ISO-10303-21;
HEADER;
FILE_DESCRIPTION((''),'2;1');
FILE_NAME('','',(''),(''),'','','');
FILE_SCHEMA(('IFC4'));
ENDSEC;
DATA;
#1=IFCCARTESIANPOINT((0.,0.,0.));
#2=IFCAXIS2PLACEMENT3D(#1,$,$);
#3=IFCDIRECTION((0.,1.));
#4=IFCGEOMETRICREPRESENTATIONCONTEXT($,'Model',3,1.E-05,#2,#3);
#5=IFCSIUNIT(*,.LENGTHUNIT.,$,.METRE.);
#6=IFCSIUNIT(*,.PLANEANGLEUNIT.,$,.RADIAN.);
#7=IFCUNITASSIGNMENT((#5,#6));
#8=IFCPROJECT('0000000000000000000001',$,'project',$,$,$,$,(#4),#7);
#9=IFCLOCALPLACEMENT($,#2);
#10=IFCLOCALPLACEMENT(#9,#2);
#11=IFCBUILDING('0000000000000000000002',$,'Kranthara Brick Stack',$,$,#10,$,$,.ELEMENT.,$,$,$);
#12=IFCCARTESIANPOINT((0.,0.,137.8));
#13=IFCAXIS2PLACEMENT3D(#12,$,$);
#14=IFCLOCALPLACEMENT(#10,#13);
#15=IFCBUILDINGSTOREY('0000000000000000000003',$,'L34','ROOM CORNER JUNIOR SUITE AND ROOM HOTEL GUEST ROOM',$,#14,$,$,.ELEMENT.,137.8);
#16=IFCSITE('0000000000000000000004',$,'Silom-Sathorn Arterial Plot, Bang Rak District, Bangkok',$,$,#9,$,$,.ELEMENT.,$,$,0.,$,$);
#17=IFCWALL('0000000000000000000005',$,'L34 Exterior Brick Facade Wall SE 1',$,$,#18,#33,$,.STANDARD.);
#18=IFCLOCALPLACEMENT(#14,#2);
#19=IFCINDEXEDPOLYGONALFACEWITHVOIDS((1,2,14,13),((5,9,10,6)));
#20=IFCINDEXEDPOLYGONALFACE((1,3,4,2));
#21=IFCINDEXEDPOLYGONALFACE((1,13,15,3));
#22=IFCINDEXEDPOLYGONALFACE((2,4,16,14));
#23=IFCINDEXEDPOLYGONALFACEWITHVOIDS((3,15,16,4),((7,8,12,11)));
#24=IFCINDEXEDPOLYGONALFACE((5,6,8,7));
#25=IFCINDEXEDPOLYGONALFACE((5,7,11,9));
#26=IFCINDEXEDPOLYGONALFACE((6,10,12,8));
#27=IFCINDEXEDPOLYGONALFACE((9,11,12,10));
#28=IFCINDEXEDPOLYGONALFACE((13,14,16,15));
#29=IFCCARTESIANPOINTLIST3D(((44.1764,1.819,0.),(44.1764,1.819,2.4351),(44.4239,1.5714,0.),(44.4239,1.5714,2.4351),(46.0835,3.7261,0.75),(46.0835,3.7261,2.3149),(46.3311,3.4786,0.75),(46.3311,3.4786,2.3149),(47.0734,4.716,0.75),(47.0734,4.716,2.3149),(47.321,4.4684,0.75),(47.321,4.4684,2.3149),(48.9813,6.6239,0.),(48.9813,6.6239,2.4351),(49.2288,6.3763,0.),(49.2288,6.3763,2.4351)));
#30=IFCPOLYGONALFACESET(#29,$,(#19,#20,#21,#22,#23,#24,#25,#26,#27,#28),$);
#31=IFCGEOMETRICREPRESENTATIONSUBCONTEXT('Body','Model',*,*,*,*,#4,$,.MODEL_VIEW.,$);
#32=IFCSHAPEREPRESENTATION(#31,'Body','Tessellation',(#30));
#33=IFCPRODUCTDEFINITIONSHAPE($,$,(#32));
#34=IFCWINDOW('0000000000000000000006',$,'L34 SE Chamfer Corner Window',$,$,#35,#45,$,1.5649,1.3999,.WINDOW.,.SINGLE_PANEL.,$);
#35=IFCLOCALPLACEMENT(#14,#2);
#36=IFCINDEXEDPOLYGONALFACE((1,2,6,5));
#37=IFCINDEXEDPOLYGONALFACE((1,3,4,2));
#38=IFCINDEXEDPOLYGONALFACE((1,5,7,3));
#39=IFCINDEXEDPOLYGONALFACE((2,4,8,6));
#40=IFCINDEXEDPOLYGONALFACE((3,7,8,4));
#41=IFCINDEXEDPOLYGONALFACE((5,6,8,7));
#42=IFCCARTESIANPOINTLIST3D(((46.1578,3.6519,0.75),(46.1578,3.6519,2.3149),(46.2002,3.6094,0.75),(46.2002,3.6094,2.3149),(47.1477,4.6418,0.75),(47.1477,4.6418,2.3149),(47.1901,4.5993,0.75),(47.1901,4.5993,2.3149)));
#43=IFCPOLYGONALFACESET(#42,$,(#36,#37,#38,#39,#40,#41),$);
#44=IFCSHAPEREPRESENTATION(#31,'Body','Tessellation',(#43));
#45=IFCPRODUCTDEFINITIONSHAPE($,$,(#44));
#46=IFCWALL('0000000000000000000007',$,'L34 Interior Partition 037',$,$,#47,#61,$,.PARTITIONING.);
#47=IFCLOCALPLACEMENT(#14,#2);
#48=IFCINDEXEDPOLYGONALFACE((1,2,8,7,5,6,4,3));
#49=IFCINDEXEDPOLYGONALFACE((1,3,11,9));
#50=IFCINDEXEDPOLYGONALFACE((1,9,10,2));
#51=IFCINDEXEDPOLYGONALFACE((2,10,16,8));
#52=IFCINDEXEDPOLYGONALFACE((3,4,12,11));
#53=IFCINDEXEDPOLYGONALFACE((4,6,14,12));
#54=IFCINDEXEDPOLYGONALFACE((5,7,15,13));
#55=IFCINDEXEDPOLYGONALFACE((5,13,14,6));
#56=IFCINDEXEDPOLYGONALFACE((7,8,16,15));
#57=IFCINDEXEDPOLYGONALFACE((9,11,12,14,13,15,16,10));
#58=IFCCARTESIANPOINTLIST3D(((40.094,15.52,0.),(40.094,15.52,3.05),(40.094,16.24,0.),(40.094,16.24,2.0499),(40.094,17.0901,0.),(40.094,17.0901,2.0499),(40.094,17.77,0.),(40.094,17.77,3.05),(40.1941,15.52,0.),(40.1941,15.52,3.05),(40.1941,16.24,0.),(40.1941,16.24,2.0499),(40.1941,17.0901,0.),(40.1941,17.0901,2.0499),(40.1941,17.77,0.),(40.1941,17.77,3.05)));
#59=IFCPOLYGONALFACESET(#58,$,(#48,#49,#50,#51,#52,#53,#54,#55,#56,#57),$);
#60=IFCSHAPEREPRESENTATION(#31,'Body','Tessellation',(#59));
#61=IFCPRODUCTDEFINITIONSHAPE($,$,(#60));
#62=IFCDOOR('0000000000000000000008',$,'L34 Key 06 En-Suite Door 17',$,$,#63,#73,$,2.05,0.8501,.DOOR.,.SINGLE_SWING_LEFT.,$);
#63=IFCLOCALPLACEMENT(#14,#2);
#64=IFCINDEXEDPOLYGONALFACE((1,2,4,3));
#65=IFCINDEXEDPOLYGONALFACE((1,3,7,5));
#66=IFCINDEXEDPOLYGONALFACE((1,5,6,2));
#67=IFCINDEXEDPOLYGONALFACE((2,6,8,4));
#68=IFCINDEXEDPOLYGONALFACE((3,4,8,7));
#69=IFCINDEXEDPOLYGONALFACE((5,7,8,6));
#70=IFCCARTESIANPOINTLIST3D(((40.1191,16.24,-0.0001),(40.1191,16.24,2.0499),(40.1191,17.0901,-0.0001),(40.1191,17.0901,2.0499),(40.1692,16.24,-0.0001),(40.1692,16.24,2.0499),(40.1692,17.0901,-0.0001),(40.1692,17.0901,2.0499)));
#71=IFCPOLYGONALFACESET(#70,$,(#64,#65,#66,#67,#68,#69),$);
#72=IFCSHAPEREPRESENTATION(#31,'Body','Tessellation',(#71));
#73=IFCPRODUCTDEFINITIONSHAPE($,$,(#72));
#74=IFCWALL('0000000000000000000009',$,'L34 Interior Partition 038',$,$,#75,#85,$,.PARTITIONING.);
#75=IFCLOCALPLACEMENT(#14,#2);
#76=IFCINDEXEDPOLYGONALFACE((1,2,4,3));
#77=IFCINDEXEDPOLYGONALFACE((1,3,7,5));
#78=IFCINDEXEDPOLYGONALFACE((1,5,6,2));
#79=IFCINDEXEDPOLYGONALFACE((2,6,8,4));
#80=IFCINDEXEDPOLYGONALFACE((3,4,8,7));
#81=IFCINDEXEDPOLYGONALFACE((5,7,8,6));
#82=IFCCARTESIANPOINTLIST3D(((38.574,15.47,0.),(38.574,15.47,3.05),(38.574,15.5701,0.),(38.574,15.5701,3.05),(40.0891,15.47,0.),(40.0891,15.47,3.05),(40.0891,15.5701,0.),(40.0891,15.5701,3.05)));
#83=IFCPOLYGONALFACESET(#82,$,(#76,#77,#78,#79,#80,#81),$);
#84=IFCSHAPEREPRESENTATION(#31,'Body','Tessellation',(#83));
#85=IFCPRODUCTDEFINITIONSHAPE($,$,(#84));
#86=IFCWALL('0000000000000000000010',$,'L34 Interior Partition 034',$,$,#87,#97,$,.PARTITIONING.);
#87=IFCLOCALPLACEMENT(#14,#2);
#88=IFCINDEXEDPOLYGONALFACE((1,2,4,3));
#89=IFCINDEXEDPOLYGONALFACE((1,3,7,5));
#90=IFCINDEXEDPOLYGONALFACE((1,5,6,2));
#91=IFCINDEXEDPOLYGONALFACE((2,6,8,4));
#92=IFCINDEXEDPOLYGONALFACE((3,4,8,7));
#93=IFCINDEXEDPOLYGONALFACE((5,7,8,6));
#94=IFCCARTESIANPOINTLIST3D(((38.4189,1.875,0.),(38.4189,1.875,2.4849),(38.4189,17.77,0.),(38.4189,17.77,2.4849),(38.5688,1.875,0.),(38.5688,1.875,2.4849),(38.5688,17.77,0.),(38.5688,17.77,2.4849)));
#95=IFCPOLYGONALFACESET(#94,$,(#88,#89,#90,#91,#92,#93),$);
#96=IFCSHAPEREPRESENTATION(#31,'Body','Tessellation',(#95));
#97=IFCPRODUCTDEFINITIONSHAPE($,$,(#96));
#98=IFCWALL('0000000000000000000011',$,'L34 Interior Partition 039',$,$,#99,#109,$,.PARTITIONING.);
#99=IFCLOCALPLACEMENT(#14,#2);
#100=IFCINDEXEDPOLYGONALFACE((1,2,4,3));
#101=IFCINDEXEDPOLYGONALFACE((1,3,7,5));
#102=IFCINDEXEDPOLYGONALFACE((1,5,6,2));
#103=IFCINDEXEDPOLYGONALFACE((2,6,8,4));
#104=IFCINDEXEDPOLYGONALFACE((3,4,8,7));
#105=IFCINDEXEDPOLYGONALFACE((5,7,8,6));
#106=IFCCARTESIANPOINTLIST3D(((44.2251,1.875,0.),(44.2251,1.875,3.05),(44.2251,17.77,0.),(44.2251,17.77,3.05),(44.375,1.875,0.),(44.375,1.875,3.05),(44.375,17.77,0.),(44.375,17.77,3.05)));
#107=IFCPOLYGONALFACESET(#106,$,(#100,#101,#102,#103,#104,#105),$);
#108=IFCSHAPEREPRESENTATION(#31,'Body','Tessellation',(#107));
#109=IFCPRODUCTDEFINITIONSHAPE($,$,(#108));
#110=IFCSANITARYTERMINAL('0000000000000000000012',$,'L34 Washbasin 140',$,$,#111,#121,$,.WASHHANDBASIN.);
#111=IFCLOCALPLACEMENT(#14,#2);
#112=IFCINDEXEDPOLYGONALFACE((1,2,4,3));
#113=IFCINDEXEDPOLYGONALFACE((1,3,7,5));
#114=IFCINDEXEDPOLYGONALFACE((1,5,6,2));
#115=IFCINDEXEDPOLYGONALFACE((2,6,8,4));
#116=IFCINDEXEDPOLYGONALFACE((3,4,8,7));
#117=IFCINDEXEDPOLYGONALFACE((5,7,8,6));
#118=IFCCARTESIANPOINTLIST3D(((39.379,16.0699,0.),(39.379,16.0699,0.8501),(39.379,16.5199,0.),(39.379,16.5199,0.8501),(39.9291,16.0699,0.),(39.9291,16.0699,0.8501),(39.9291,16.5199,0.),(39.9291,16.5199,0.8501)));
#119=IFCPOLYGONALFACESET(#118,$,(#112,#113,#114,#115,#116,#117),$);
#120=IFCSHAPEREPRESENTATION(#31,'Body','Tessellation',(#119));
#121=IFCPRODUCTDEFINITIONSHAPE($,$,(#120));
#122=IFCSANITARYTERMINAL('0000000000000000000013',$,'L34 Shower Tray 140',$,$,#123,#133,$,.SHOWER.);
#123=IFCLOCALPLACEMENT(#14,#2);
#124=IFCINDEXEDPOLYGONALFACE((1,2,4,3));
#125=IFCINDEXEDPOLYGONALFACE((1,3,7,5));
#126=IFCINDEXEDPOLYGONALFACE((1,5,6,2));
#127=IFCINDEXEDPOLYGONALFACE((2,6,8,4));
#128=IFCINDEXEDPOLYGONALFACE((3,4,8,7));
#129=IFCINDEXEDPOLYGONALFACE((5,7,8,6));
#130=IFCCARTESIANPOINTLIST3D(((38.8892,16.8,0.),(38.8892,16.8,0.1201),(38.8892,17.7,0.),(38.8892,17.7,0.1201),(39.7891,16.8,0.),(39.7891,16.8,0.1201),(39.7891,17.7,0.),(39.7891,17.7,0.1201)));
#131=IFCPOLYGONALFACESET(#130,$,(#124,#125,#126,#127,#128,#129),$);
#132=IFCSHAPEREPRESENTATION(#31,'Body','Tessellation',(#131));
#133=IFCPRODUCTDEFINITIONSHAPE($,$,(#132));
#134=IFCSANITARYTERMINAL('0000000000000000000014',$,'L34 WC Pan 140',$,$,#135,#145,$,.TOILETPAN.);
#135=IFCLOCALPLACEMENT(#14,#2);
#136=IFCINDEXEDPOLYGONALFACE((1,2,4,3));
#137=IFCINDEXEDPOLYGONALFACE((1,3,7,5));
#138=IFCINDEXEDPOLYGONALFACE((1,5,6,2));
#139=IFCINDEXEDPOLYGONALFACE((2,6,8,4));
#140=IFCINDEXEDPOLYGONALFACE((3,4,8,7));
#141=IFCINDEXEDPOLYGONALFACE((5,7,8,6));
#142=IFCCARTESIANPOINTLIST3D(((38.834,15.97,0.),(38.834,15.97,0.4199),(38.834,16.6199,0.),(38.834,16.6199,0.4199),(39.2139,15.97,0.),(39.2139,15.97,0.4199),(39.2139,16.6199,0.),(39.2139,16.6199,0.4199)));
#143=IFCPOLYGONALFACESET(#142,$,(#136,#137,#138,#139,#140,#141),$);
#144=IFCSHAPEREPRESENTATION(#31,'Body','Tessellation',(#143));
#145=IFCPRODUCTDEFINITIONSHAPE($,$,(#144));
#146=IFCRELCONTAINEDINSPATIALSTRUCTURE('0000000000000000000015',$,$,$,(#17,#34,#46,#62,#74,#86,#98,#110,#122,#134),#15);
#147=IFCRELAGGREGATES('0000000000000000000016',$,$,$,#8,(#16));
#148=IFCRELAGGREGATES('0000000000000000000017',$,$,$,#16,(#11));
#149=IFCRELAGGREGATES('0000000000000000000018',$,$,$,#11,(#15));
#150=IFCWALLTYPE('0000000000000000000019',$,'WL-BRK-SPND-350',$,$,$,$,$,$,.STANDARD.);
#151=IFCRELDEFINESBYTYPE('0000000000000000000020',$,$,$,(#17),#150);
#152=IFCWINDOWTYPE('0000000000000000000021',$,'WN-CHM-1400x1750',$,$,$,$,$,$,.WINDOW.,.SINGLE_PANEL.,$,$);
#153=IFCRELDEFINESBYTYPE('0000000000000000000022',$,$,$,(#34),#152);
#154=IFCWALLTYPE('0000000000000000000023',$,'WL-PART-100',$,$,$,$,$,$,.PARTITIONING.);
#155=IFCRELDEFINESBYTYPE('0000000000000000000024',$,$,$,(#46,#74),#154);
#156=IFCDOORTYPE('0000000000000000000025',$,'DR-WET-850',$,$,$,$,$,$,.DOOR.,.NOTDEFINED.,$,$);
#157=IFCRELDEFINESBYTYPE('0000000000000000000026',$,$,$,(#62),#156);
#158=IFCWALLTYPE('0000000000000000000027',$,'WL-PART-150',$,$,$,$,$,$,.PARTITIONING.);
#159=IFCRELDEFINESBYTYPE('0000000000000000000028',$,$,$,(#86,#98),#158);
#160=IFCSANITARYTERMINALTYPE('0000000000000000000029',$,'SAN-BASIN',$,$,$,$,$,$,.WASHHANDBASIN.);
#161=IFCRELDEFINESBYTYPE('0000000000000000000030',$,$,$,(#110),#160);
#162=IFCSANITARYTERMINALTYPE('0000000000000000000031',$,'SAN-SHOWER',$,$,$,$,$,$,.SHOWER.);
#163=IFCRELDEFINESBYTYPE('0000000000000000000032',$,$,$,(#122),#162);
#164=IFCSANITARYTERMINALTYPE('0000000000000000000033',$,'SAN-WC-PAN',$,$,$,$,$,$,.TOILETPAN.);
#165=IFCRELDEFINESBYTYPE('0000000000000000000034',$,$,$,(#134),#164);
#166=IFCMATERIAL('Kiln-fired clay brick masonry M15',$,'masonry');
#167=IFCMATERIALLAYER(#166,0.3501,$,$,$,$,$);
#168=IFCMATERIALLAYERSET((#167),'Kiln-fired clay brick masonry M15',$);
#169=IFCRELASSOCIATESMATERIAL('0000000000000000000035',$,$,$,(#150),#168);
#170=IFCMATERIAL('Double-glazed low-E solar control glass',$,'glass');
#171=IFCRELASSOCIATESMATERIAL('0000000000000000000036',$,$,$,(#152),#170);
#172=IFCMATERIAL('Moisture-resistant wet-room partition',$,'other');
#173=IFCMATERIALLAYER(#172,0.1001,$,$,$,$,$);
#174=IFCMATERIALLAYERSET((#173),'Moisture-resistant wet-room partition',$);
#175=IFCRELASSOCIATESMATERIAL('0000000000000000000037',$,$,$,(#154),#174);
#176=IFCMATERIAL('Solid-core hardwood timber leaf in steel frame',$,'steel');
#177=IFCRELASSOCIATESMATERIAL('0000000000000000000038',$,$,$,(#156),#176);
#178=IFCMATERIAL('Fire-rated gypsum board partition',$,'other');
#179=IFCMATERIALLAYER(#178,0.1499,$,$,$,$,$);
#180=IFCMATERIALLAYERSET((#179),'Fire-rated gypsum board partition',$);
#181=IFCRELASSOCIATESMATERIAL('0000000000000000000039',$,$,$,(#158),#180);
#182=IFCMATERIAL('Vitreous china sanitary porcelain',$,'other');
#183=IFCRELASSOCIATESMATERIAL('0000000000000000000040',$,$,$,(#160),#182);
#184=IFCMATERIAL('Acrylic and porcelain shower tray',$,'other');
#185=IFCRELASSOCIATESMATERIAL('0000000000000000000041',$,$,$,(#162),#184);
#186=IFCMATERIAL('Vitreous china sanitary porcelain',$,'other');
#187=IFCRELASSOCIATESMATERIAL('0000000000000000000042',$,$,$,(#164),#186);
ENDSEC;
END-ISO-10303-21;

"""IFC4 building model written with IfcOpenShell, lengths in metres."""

from ifc_helpers import new_model, si_unit, direction, frame, frame_2d, origin, origin_2d, place, context, subcontext, project, spatial, rectangle, extrude, material, layer, layer_set, type_object, element, fill, save


model = new_model("IFC4")

# Units and contexts
model_context = context("Model", 3, precision=1e-05, world=origin(), true_north=direction((0.0, 1.0)))
body_context = subcontext(model_context, "Body", "Model", "MODEL_VIEW")
ifc_project = project(units=[si_unit("LENGTHUNIT", "METRE"), si_unit("PLANEANGLEUNIT", "RADIAN")], contexts=[model_context])

# Site, building, storey
site_placement = place(None, origin())
site = spatial("IfcSite", under=ifc_project, at=site_placement, Name="Silom-Sathorn Arterial Plot, Bang Rak District, Bangkok", CompositionType="ELEMENT", RefElevation=0.0)
building_placement = place(site_placement, origin())
building = spatial("IfcBuilding", under=site, at=building_placement, Name="Kranthara Brick Stack", CompositionType="ELEMENT")
storey_placement = place(building_placement, frame((0.0, 0.0, 137.8)))
storey = spatial("IfcBuildingStorey", under=building, at=storey_placement, Name="L34", Description="ROOM CORNER JUNIOR SUITE AND ROOM HOTEL GUEST ROOM", CompositionType="ELEMENT", Elevation=137.8)

# Shared definitions
ifc_material_1 = material(Name="Kiln-fired clay brick masonry M15", Category="masonry")
ifc_layer_1 = layer(ifc_material_1, 0.3501)
ifc_layer_set_1 = layer_set([ifc_layer_1], Name="Kiln-fired clay brick masonry M15")
wall_type_1 = type_object("IfcWallType", Name="WL-BRK-SPND-350", PredefinedType="STANDARD", material=ifc_layer_set_1)

# Wall, opening, window
wall_1_placement = place(storey_placement, frame((49.105, 6.5, 0.0), z_axis=(0.0, 0.0, 1.0), x_axis=(-0.707107, -0.707107, 0.0)))
wall_1 = element("IfcWall", 1, at=wall_1_placement, inside=storey, type_object=wall_type_1, Name="L34 Exterior Brick Facade Wall SE 1", PredefinedType="STANDARD", context=body_context, shape_type="SweptSolid", body=[
    extrude(rectangle(XDim=6.7952, YDim=0.3501, at=frame_2d((3.3975, 0.0))), origin(), (0.0, 0.0, 1.0), 2.4351),
])
opening_1_placement = place(wall_1_placement, frame((2.698, 0.0, 0.75)))
opening_1 = element("IfcOpeningElement", 2, at=opening_1_placement, cuts=wall_1, PredefinedType="OPENING", context=body_context, shape_type="SweptSolid", body=[
    extrude(rectangle(XDim=1.3999, YDim=1.5649, at=frame_2d((0.7, 0.7825))), frame((0.0, 0.1851, 0.0), z_axis=(0.0, -1.0, 0.0), x_axis=(1.0, 0.0, 0.0)), (0.0, 0.0, 1.0), 0.3701),
])
ifc_material_2 = material(Name="Double-glazed low-E solar control glass", Category="glass")
window_type_1 = type_object("IfcWindowType", Name="WN-CHM-1400x1750", PartitioningType="SINGLE_PANEL", PredefinedType="WINDOW", material=ifc_material_2)
window_1_placement = place(opening_1_placement, origin())
window_1 = element("IfcWindow", 3, at=window_1_placement, inside=storey, type_object=window_type_1, Name="L34 SE Chamfer Corner Window", OverallHeight=1.5649, OverallWidth=1.3999, PartitioningType="SINGLE_PANEL", PredefinedType="WINDOW", context=body_context, shape_type="SweptSolid", body=[
    extrude(rectangle(XDim=1.3999, YDim=1.5649, at=frame_2d((0.7, 0.7825))), frame((0.0, -0.01, 0.0), z_axis=(0.0, -1.0, 0.0), x_axis=(1.0, 0.0, 0.0)), (0.0, 0.0, 1.0), 0.0601),
])
fill(opening_1, window_1)

# Wall, opening, door
ifc_material_3 = material(Name="Moisture-resistant wet-room partition", Category="other")
ifc_layer_2 = layer(ifc_material_3, 0.1001)
ifc_layer_set_2 = layer_set([ifc_layer_2], Name="Moisture-resistant wet-room partition")
wall_type_2 = type_object("IfcWallType", Name="WL-PART-100", PredefinedType="PARTITIONING", material=ifc_layer_set_2)
wall_2_placement = place(storey_placement, frame((40.144, 15.52, 0.0), z_axis=(0.0, 0.0, 1.0), x_axis=(0.0, 1.0, 0.0)))
wall_2 = element("IfcWall", 4, at=wall_2_placement, inside=storey, type_object=wall_type_2, Name="L34 Interior Partition 037", PredefinedType="PARTITIONING", context=body_context, shape_type="SweptSolid", body=[
    extrude(rectangle(XDim=2.25, YDim=0.1001, at=frame_2d((1.125, 0.0))), origin(), (0.0, 0.0, 1.0), 3.05),
])
opening_2_placement = place(wall_2_placement, frame((0.72, 0.0, 0.0)))
opening_2 = element("IfcOpeningElement", 5, at=opening_2_placement, cuts=wall_2, PredefinedType="OPENING", context=body_context, shape_type="SweptSolid", body=[
    extrude(rectangle(XDim=0.8501, YDim=2.05, at=frame_2d((0.425, 1.0249))), frame((0.0, 0.0601, 0.0), z_axis=(0.0, -1.0, 0.0), x_axis=(1.0, 0.0, 0.0)), (0.0, 0.0, 1.0), 0.1201),
])
ifc_material_4 = material(Name="Solid-core hardwood timber leaf in steel frame", Category="steel")
door_type_1 = type_object("IfcDoorType", Name="DR-WET-850", OperationType="NOTDEFINED", PredefinedType="DOOR", material=ifc_material_4)
door_1_placement = place(opening_2_placement, origin())
door_1 = element("IfcDoor", 6, at=door_1_placement, inside=storey, type_object=door_type_1, Name="L34 Key 06 En-Suite Door 17", OperationType="SINGLE_SWING_LEFT", OverallHeight=2.05, OverallWidth=0.8501, PredefinedType="DOOR", context=body_context, shape_type="SweptSolid", body=[
    extrude(rectangle(XDim=0.8501, YDim=2.05, at=frame_2d((0.425, 1.0249))), frame((0.0, 0.0249, 0.0), z_axis=(0.0, -1.0, 0.0), x_axis=(1.0, 0.0, 0.0)), (0.0, 0.0, 1.0), 0.05),
])
fill(opening_2, door_1)

# Walls
wall_3_placement = place(storey_placement, frame((38.574, 15.52, 0.0), z_axis=(0.0, 0.0, 1.0), x_axis=(1.0, 0.0, 0.0)))
element("IfcWall", 7, at=wall_3_placement, inside=storey, type_object=wall_type_2, Name="L34 Interior Partition 038", PredefinedType="PARTITIONING", context=body_context, shape_type="SweptSolid", body=[
    extrude(rectangle(XDim=1.5151, YDim=0.1001, at=frame_2d((0.7576, 0.0))), origin(), (0.0, 0.0, 1.0), 3.05),
])
ifc_material_5 = material(Name="Fire-rated gypsum board partition", Category="other")
ifc_layer_3 = layer(ifc_material_5, 0.1499)
ifc_layer_set_3 = layer_set([ifc_layer_3], Name="Fire-rated gypsum board partition")
wall_type_3 = type_object("IfcWallType", Name="WL-PART-150", PredefinedType="PARTITIONING", material=ifc_layer_set_3)
wall_4_placement = place(storey_placement, frame((38.4939, 1.875, 0.0), z_axis=(0.0, 0.0, 1.0), x_axis=(0.0, 1.0, 0.0)))
element("IfcWall", 8, at=wall_4_placement, inside=storey, type_object=wall_type_3, Name="L34 Interior Partition 034", PredefinedType="PARTITIONING", context=body_context, shape_type="SweptSolid", body=[
    extrude(rectangle(XDim=15.895, YDim=0.1499, at=frame_2d((7.9475, 0.0))), origin(), (0.0, 0.0, 1.0), 2.4849),
])
wall_5_placement = place(storey_placement, frame((44.3, 1.875, 0.0), z_axis=(0.0, 0.0, 1.0), x_axis=(0.0, 1.0, 0.0)))
element("IfcWall", 9, at=wall_5_placement, inside=storey, type_object=wall_type_3, Name="L34 Interior Partition 039", PredefinedType="PARTITIONING", context=body_context, shape_type="SweptSolid", body=[
    extrude(rectangle(XDim=15.895, YDim=0.1499, at=frame_2d((7.9475, 0.0))), origin(), (0.0, 0.0, 1.0), 3.05),
])

# Sanitary terminals
ifc_material_6 = material(Name="Vitreous china sanitary porcelain", Category="other")
sanitary_terminal_type_1 = type_object("IfcSanitaryTerminalType", Name="SAN-BASIN", PredefinedType="WASHHANDBASIN", material=ifc_material_6)
sanitary_terminal_1_placement = place(storey_placement, frame((39.6541, 16.2949, 0.0), z_axis=(0.0, 0.0, 1.0), x_axis=(1.0, 0.0, 0.0)))
element("IfcSanitaryTerminal", 10, at=sanitary_terminal_1_placement, inside=storey, type_object=sanitary_terminal_type_1, Name="L34 Washbasin 140", PredefinedType="WASHHANDBASIN", context=body_context, shape_type="SweptSolid", body=[
    extrude(rectangle(XDim=0.55, YDim=0.45, at=origin_2d()), origin(), (0.0, 0.0, 1.0), 0.8501),
])
ifc_material_7 = material(Name="Acrylic and porcelain shower tray", Category="other")
sanitary_terminal_type_2 = type_object("IfcSanitaryTerminalType", Name="SAN-SHOWER", PredefinedType="SHOWER", material=ifc_material_7)
sanitary_terminal_2_placement = place(storey_placement, frame((39.3391, 17.25, 0.0), z_axis=(0.0, 0.0, 1.0), x_axis=(1.0, 0.0, 0.0)))
element("IfcSanitaryTerminal", 11, at=sanitary_terminal_2_placement, inside=storey, type_object=sanitary_terminal_type_2, Name="L34 Shower Tray 140", PredefinedType="SHOWER", context=body_context, shape_type="SweptSolid", body=[
    extrude(rectangle(XDim=0.8999, YDim=0.8999, at=origin_2d()), origin(), (0.0, 0.0, 1.0), 0.1201),
])
ifc_material_8 = material(Name="Vitreous china sanitary porcelain", Category="other")
sanitary_terminal_type_3 = type_object("IfcSanitaryTerminalType", Name="SAN-WC-PAN", PredefinedType="TOILETPAN", material=ifc_material_8)
sanitary_terminal_3_placement = place(storey_placement, frame((39.0239, 16.2949, 0.0), z_axis=(0.0, 0.0, 1.0), x_axis=(1.0, 0.0, 0.0)))
element("IfcSanitaryTerminal", 12, at=sanitary_terminal_3_placement, inside=storey, type_object=sanitary_terminal_type_3, Name="L34 WC Pan 140", PredefinedType="TOILETPAN", context=body_context, shape_type="SweptSolid", body=[
    extrude(rectangle(XDim=0.3799, YDim=0.6499, at=origin_2d()), origin(), (0.0, 0.0, 1.0), 0.4199),
])

save(model, "model.ifc")
